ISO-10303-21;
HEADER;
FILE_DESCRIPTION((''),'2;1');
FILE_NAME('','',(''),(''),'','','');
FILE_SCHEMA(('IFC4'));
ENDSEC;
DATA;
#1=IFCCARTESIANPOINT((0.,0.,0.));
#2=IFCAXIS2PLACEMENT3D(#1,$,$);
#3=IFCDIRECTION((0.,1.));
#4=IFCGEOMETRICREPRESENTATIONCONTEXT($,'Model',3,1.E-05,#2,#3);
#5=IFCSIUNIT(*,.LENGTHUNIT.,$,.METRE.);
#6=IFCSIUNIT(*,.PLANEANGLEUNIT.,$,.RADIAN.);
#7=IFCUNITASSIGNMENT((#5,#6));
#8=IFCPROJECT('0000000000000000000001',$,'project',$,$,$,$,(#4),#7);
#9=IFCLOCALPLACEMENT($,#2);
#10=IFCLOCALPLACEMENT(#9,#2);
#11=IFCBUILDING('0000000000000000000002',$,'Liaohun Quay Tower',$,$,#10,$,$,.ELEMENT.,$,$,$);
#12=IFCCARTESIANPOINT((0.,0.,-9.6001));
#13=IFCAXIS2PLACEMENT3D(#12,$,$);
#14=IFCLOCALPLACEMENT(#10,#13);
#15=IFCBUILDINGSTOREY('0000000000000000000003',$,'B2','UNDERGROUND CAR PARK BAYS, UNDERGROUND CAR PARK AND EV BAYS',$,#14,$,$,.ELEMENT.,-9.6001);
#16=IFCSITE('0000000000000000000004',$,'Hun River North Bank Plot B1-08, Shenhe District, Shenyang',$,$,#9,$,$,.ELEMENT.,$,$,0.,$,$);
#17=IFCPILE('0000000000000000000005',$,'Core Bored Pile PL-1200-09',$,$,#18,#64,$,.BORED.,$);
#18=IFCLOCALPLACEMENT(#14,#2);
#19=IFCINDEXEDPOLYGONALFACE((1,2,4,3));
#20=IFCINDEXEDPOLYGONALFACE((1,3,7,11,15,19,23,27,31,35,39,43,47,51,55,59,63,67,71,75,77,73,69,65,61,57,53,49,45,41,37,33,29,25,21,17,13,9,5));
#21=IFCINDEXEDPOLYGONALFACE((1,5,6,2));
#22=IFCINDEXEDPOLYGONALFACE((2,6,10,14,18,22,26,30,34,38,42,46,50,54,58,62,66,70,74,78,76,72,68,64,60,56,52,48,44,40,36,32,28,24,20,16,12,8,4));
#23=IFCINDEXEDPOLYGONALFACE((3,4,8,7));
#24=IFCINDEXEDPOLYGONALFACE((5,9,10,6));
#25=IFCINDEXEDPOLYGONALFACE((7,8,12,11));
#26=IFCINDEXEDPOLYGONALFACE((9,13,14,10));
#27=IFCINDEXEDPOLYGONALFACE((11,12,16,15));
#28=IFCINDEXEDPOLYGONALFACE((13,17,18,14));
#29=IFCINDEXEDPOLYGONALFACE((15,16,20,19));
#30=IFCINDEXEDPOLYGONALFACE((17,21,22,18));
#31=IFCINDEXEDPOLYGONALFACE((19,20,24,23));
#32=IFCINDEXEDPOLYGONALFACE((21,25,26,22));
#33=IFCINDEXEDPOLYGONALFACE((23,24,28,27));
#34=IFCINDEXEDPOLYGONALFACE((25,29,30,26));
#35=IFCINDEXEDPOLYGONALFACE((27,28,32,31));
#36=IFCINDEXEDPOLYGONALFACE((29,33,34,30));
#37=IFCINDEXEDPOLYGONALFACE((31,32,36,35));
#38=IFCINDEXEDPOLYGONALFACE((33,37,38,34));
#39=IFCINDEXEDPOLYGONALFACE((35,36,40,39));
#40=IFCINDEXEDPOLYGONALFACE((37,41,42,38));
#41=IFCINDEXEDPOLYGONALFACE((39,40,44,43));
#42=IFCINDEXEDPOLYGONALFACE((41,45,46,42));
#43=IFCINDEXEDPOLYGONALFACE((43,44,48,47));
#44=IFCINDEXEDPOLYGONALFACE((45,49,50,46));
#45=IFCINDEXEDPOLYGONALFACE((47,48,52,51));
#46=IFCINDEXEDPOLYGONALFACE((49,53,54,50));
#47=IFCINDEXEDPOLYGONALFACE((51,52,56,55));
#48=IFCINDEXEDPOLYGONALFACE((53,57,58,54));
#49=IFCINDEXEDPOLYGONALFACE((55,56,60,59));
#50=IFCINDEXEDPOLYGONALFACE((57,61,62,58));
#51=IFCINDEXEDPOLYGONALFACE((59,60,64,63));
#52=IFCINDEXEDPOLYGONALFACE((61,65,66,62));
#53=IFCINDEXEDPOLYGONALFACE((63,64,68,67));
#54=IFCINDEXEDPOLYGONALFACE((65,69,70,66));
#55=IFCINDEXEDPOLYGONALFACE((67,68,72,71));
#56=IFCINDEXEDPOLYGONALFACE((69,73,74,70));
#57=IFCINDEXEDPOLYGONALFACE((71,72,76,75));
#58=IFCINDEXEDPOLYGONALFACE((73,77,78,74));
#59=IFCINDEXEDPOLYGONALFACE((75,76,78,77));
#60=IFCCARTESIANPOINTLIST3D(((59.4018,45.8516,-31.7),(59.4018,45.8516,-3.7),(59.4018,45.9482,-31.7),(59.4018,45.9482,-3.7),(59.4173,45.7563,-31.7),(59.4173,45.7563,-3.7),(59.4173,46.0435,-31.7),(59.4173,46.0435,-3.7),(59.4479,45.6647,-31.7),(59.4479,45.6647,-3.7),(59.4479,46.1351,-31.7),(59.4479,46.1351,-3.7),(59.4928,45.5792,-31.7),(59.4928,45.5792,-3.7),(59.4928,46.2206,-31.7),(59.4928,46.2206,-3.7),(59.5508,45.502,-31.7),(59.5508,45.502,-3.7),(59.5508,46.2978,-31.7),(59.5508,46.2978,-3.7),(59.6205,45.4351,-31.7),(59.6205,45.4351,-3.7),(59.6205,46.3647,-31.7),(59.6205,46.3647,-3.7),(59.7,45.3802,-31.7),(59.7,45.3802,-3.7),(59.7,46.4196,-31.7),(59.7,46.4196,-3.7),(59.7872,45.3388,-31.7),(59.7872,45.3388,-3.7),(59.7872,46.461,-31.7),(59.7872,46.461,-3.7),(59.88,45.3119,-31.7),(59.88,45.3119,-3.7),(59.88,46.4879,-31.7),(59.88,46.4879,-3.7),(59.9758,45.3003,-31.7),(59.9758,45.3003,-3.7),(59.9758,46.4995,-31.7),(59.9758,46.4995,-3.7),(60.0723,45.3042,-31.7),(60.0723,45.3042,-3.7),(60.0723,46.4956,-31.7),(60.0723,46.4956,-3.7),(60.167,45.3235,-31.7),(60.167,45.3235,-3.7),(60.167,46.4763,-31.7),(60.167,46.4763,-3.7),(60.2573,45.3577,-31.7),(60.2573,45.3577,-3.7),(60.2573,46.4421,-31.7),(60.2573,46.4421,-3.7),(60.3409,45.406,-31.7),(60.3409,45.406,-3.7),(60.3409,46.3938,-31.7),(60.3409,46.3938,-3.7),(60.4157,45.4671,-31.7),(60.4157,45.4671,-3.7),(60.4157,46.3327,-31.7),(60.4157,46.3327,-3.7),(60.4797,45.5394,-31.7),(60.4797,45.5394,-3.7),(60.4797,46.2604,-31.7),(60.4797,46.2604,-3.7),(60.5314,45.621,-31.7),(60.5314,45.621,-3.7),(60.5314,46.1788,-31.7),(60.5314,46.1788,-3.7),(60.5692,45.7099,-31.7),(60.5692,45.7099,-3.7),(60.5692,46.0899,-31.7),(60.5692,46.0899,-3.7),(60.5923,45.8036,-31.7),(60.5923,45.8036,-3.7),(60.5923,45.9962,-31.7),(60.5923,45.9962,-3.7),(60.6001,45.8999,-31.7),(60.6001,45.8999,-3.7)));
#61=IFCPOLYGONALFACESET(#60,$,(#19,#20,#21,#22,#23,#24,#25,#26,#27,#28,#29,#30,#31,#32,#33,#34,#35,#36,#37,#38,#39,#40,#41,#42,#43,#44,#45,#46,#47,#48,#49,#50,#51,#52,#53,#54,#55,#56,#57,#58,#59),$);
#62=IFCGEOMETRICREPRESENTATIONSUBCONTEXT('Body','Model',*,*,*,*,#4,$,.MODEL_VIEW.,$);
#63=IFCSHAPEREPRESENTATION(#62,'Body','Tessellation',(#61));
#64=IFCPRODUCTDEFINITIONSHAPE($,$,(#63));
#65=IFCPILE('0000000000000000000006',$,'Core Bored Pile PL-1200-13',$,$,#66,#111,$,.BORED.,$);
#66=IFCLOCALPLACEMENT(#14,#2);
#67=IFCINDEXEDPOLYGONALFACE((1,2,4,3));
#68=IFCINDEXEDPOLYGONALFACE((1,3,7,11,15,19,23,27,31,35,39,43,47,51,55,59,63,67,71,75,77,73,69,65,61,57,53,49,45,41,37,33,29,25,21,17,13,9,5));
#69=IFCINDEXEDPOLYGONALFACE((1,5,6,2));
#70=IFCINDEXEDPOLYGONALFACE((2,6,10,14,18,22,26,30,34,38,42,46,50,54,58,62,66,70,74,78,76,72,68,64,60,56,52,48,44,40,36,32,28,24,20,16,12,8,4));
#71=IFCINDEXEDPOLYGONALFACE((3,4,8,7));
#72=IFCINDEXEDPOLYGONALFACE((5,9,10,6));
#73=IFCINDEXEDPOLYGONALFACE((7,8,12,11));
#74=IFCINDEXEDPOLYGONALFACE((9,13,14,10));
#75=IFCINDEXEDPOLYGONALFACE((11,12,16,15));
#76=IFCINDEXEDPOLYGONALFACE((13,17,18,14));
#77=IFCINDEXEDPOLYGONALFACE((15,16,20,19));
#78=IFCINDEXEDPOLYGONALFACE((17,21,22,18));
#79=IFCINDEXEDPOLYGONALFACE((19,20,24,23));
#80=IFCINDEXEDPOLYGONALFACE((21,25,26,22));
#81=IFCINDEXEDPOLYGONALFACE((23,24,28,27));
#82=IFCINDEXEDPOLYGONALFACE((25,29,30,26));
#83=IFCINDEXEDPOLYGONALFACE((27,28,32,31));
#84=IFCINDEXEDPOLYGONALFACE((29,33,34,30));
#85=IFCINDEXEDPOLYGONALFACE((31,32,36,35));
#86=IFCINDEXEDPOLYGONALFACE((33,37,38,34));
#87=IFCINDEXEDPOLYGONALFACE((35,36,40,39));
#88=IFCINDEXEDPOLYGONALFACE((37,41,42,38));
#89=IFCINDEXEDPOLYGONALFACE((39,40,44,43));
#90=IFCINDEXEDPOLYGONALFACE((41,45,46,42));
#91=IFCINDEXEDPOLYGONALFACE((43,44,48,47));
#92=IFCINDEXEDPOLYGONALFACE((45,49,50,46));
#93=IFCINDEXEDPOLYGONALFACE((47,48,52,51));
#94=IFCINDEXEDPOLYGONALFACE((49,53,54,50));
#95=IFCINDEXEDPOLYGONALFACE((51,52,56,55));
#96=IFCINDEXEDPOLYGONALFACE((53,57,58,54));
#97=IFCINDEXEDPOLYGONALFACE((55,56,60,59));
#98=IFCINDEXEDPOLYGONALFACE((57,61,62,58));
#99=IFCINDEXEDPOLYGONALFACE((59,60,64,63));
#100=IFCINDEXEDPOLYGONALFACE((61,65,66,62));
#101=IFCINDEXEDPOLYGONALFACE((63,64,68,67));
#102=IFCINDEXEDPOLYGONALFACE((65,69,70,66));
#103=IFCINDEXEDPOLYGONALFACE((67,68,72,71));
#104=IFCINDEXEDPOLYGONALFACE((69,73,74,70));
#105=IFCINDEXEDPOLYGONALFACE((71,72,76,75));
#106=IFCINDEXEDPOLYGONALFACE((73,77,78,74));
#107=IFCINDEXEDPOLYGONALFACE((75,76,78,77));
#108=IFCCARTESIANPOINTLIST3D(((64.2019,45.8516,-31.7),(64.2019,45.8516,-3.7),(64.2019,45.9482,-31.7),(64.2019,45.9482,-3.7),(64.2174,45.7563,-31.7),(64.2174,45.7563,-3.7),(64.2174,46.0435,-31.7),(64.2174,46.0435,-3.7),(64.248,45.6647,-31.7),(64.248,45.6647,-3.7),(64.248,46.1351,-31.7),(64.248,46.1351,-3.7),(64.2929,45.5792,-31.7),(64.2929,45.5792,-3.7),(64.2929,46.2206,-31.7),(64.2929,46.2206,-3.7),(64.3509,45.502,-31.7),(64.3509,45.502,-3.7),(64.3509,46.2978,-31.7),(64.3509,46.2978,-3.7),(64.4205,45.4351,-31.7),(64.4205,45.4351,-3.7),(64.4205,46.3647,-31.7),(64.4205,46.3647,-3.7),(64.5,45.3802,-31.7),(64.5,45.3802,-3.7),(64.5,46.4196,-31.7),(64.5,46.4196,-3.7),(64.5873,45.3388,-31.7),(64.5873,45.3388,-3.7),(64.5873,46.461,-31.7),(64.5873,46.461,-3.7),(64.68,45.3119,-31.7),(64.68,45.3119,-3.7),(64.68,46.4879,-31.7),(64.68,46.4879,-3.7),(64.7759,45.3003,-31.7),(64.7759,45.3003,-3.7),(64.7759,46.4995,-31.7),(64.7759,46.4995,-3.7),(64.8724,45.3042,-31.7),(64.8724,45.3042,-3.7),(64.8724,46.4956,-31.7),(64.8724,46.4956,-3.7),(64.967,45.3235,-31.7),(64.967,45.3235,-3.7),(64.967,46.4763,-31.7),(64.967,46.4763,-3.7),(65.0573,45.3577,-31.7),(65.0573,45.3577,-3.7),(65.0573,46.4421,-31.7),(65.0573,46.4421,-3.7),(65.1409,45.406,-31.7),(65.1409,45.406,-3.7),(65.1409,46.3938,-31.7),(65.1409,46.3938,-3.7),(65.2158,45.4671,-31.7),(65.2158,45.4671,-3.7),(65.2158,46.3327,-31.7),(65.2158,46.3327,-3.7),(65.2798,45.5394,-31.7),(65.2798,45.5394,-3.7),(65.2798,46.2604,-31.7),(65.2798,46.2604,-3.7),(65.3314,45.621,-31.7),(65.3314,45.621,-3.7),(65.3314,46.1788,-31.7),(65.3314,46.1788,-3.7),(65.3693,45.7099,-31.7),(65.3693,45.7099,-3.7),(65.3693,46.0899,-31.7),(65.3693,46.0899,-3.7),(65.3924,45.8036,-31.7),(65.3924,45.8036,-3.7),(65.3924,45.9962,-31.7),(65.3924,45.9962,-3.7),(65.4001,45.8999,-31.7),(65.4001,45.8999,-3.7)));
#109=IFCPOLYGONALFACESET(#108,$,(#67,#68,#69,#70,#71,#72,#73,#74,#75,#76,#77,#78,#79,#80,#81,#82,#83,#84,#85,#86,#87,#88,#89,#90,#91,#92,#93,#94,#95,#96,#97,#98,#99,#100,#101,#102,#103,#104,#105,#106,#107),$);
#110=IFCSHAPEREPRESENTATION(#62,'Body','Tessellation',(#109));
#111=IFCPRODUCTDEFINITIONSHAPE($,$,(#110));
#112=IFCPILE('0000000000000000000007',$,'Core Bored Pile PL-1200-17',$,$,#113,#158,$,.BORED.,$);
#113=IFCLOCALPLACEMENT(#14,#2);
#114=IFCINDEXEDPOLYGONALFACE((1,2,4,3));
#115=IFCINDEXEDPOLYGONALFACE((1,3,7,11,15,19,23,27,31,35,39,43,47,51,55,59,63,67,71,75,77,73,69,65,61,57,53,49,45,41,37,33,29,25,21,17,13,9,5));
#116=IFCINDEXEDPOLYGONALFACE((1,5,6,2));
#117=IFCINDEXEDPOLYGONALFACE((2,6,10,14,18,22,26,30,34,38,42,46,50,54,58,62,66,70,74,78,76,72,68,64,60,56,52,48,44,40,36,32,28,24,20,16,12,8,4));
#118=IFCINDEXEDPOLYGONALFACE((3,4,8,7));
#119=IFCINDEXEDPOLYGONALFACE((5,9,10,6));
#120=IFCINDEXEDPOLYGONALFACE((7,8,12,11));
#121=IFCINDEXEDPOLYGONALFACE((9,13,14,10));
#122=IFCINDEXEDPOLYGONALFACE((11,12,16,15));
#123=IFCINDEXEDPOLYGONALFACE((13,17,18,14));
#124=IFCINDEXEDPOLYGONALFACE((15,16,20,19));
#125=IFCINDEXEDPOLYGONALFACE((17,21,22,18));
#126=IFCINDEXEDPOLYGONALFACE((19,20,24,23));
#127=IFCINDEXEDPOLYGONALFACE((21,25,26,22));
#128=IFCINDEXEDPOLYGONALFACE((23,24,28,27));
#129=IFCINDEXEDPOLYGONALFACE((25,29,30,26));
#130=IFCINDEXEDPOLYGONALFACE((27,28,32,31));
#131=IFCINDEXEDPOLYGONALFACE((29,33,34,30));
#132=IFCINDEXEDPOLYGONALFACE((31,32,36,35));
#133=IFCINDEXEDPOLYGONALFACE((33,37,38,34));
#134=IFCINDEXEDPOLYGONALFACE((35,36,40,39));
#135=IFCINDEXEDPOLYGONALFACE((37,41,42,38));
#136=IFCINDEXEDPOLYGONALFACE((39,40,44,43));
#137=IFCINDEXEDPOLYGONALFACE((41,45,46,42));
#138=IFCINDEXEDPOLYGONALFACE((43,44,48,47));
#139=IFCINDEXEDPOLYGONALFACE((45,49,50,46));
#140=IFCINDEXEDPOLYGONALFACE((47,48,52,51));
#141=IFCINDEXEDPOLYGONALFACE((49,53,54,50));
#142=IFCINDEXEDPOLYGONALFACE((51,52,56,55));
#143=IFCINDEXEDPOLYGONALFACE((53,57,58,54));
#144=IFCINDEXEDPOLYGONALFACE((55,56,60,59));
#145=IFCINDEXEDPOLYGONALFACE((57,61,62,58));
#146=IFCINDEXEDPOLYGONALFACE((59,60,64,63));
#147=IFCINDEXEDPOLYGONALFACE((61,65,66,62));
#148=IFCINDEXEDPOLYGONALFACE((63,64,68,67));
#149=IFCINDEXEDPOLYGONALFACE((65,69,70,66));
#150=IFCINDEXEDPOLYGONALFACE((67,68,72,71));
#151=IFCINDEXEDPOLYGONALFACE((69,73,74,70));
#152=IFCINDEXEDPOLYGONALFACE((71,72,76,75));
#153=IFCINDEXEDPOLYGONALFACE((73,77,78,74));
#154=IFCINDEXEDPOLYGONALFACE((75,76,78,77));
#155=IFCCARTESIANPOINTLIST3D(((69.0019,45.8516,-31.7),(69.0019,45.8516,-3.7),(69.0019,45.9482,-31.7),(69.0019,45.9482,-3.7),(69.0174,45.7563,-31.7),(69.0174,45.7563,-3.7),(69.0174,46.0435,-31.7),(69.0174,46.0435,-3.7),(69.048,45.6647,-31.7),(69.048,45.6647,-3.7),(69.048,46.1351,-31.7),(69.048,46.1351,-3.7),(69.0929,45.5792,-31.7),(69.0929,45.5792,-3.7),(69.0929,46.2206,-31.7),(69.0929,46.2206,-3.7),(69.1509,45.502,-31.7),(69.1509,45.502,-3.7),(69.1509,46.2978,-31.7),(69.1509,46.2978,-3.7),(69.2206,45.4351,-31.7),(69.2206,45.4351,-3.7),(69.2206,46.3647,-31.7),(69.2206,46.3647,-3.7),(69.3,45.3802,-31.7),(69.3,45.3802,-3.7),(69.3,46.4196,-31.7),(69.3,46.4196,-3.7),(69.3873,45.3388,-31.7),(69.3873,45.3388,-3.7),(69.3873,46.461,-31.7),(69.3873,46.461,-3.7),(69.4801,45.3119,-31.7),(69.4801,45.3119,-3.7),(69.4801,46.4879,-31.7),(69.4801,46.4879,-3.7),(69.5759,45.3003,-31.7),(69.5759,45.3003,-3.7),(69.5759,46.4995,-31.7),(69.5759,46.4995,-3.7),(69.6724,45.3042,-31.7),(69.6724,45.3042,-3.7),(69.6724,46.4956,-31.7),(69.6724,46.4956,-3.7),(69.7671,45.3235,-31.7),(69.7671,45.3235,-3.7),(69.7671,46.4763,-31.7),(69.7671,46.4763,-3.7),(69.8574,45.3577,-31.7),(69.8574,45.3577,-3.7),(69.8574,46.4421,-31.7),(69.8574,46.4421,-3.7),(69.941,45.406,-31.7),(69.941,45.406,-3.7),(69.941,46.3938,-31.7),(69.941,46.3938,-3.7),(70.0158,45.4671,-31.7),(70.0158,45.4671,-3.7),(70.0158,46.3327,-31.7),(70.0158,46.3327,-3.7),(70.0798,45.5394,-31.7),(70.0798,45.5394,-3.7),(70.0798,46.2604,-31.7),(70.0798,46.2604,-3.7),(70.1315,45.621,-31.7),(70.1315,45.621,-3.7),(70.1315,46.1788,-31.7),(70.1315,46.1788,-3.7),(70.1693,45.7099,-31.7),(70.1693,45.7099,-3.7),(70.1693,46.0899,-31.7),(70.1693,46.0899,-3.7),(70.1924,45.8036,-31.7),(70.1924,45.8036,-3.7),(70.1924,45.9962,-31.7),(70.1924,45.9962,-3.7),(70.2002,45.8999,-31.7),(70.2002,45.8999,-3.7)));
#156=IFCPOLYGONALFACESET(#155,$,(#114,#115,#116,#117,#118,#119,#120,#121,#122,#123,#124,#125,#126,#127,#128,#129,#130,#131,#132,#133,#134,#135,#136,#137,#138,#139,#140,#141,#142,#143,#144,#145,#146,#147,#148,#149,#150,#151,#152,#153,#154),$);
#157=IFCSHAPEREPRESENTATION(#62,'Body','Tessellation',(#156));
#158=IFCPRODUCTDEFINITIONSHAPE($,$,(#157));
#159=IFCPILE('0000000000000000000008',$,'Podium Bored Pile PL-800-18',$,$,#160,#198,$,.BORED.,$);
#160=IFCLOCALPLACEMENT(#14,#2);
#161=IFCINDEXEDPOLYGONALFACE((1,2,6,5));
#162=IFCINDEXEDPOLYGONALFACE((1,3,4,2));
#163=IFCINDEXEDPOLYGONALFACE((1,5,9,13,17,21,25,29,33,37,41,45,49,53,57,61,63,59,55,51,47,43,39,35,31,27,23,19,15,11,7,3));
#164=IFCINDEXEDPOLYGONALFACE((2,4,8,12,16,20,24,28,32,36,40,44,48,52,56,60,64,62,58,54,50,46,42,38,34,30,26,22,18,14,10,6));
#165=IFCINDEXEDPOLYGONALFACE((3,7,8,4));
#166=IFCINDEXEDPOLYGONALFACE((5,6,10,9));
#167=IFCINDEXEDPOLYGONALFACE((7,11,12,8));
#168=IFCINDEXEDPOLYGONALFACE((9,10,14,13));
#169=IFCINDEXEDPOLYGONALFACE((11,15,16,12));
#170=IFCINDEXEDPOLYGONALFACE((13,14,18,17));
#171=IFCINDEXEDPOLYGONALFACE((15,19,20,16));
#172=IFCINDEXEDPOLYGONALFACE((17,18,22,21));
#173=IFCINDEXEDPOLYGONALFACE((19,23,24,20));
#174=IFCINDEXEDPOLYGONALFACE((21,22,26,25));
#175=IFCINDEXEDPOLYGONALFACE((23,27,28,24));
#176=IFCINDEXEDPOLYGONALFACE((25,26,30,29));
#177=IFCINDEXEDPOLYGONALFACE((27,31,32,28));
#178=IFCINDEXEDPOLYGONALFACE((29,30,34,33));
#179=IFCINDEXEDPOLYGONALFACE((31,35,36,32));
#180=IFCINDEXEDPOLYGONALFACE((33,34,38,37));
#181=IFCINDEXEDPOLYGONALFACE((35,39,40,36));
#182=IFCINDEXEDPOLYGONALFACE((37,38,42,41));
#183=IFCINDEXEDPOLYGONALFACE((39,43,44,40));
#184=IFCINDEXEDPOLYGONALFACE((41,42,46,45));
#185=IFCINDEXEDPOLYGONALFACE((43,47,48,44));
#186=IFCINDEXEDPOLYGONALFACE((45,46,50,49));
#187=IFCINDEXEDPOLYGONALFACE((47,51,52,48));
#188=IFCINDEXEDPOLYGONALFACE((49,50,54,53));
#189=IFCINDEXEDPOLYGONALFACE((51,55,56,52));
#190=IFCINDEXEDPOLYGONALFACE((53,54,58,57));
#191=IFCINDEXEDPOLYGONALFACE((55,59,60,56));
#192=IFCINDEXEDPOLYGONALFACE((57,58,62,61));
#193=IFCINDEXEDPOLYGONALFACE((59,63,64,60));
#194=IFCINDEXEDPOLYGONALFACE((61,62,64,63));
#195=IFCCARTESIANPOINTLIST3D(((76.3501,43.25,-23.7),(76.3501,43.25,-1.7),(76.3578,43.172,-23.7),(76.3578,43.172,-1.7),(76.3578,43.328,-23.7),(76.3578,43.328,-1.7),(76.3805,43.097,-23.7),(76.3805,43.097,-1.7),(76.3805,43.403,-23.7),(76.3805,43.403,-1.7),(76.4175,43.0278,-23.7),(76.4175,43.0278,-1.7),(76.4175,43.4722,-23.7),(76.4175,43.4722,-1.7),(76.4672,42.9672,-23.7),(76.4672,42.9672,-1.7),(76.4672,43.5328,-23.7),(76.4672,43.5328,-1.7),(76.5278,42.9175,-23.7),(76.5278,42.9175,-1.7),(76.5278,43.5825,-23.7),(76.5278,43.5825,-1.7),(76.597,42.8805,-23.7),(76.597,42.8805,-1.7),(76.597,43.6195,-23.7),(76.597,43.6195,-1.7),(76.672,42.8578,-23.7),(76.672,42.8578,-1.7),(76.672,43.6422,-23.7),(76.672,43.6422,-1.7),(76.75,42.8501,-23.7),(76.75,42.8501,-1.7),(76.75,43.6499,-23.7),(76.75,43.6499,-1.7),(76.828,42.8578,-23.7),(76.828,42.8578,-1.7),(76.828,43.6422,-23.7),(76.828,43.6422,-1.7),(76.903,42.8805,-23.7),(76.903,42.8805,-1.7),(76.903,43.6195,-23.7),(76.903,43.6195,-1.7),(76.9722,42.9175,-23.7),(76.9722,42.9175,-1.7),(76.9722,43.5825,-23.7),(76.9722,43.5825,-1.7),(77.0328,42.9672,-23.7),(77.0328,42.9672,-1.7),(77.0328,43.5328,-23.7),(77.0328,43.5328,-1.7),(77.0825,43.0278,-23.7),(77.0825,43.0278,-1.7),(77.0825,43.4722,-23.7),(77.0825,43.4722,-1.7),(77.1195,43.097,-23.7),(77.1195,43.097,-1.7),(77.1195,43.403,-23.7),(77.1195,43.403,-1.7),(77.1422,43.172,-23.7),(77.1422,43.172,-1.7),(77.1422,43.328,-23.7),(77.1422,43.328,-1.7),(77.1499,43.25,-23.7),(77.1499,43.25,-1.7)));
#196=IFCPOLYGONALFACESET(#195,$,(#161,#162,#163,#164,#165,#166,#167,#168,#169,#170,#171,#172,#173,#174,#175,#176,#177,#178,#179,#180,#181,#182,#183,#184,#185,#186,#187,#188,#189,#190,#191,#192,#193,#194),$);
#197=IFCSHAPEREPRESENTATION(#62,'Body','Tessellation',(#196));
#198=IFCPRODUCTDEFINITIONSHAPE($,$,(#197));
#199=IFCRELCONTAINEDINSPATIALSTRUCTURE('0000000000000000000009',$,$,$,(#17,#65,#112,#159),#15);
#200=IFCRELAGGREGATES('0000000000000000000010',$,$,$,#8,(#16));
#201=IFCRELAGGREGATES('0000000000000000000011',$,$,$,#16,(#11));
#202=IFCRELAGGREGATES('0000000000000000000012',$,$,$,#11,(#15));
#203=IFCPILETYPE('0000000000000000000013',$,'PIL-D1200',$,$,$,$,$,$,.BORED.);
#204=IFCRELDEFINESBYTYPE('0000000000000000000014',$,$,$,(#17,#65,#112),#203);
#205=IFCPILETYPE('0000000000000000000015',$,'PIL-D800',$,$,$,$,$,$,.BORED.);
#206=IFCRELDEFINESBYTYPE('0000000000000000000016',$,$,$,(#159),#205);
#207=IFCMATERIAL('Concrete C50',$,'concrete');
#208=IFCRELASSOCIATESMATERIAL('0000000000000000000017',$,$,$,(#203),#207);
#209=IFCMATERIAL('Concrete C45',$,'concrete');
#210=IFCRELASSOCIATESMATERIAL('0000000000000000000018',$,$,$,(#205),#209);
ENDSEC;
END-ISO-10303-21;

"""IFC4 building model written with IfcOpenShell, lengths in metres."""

from ifc_helpers import new_model, si_unit, direction, frame, origin, origin_2d, place, context, subcontext, project, spatial, circle, extrude, source, transform, mapped, material, material_profile, profile_set, type_object, element, save


model = new_model("IFC4")

# Units and contexts
model_context = context("Model", 3, precision=1e-05, world=origin(), true_north=direction((0.0, 1.0)))
body_context = subcontext(model_context, "Body", "Model", "MODEL_VIEW")
ifc_project = project(units=[si_unit("LENGTHUNIT", "METRE"), si_unit("PLANEANGLEUNIT", "RADIAN")], contexts=[model_context])

# Site, building, storey
site_placement = place(None, origin())
site = spatial("IfcSite", under=ifc_project, at=site_placement, Name="Hun River North Bank Plot B1-08, Shenhe District, Shenyang", CompositionType="ELEMENT", RefElevation=0.0)
building_placement = place(site_placement, origin())
building = spatial("IfcBuilding", under=site, at=building_placement, Name="Liaohun Quay Tower", CompositionType="ELEMENT")
storey_placement = place(building_placement, frame((0.0, 0.0, -9.6001)))
storey = spatial("IfcBuildingStorey", under=building, at=storey_placement, Name="B2", Description="UNDERGROUND CAR PARK BAYS, UNDERGROUND CAR PARK AND EV BAYS", CompositionType="ELEMENT", Elevation=-9.6001)

# Piles
ifc_material_1 = material(Name="Concrete C50", Category="concrete")
ifc_material_profile_1 = material_profile(ifc_material_1, circle(Radius=0.6001, at=origin_2d()), Name="PILE-D1200")
ifc_profile_set_1 = profile_set([ifc_material_profile_1], Name="Concrete C50")
pile_type_1 = type_object("IfcPileType", Name="PIL-D1200", PredefinedType="BORED", material=ifc_profile_set_1)
shared_shape_1 = source(origin(), body_context, "Body", "SweptSolid", [
    extrude(circle(Radius=0.6001, at=origin_2d()), origin(), (0.0, 0.0, 1.0), 28.0),
])
for number, where, z_axis, x_axis, name in (
    (1, (60.0, 45.8999, -3.7), (0.0, 0.0, -1.0), (1.0, 0.0, 0.0), "Core Bored Pile PL-1200-09"),
    (2, (64.8, 45.8999, -3.7), (0.0, 0.0, -1.0), (1.0, 0.0, 0.0), "Core Bored Pile PL-1200-13"),
    (3, (69.6001, 45.8999, -3.7), (0.0, 0.0, -1.0), (1.0, 0.0, 0.0), "Core Bored Pile PL-1200-17"),
):
    element("IfcPile", number, at=place(storey_placement, frame(where, z_axis=z_axis, x_axis=x_axis)), inside=storey, type_object=pile_type_1, Name=name, PredefinedType="BORED", context=body_context, shape_type="MappedRepresentation", body=[
        mapped(shared_shape_1, transform((0.0, 0.0, 0.0), x_axis=(1.0, 0.0, 0.0), y_axis=(0.0, 1.0, 0.0), z_axis=(0.0, 0.0, 1.0), scale=1.0)),
    ])
ifc_material_2 = material(Name="Concrete C45", Category="concrete")
ifc_material_profile_2 = material_profile(ifc_material_2, circle(Radius=0.3999, at=origin_2d()), Name="PILE-D800")
ifc_profile_set_2 = profile_set([ifc_material_profile_2], Name="Concrete C45")
pile_type_2 = type_object("IfcPileType", Name="PIL-D800", PredefinedType="BORED", material=ifc_profile_set_2)
shared_shape_2 = source(origin(), body_context, "Body", "SweptSolid", [
    extrude(circle(Radius=0.3999, at=origin_2d()), origin(), (0.0, 0.0, 1.0), 22.0),
])
pile_placement = place(storey_placement, frame((76.75, 43.25, -1.7), z_axis=(0.0, 0.0, -1.0), x_axis=(1.0, 0.0, 0.0)))
element("IfcPile", 4, at=pile_placement, inside=storey, type_object=pile_type_2, Name="Podium Bored Pile PL-800-18", PredefinedType="BORED", context=body_context, shape_type="MappedRepresentation", body=[
    mapped(shared_shape_2, transform((0.0, 0.0, 0.0), x_axis=(1.0, 0.0, 0.0), y_axis=(0.0, 1.0, 0.0), z_axis=(0.0, 0.0, 1.0), scale=1.0)),
])

save(model, "model.ifc")
